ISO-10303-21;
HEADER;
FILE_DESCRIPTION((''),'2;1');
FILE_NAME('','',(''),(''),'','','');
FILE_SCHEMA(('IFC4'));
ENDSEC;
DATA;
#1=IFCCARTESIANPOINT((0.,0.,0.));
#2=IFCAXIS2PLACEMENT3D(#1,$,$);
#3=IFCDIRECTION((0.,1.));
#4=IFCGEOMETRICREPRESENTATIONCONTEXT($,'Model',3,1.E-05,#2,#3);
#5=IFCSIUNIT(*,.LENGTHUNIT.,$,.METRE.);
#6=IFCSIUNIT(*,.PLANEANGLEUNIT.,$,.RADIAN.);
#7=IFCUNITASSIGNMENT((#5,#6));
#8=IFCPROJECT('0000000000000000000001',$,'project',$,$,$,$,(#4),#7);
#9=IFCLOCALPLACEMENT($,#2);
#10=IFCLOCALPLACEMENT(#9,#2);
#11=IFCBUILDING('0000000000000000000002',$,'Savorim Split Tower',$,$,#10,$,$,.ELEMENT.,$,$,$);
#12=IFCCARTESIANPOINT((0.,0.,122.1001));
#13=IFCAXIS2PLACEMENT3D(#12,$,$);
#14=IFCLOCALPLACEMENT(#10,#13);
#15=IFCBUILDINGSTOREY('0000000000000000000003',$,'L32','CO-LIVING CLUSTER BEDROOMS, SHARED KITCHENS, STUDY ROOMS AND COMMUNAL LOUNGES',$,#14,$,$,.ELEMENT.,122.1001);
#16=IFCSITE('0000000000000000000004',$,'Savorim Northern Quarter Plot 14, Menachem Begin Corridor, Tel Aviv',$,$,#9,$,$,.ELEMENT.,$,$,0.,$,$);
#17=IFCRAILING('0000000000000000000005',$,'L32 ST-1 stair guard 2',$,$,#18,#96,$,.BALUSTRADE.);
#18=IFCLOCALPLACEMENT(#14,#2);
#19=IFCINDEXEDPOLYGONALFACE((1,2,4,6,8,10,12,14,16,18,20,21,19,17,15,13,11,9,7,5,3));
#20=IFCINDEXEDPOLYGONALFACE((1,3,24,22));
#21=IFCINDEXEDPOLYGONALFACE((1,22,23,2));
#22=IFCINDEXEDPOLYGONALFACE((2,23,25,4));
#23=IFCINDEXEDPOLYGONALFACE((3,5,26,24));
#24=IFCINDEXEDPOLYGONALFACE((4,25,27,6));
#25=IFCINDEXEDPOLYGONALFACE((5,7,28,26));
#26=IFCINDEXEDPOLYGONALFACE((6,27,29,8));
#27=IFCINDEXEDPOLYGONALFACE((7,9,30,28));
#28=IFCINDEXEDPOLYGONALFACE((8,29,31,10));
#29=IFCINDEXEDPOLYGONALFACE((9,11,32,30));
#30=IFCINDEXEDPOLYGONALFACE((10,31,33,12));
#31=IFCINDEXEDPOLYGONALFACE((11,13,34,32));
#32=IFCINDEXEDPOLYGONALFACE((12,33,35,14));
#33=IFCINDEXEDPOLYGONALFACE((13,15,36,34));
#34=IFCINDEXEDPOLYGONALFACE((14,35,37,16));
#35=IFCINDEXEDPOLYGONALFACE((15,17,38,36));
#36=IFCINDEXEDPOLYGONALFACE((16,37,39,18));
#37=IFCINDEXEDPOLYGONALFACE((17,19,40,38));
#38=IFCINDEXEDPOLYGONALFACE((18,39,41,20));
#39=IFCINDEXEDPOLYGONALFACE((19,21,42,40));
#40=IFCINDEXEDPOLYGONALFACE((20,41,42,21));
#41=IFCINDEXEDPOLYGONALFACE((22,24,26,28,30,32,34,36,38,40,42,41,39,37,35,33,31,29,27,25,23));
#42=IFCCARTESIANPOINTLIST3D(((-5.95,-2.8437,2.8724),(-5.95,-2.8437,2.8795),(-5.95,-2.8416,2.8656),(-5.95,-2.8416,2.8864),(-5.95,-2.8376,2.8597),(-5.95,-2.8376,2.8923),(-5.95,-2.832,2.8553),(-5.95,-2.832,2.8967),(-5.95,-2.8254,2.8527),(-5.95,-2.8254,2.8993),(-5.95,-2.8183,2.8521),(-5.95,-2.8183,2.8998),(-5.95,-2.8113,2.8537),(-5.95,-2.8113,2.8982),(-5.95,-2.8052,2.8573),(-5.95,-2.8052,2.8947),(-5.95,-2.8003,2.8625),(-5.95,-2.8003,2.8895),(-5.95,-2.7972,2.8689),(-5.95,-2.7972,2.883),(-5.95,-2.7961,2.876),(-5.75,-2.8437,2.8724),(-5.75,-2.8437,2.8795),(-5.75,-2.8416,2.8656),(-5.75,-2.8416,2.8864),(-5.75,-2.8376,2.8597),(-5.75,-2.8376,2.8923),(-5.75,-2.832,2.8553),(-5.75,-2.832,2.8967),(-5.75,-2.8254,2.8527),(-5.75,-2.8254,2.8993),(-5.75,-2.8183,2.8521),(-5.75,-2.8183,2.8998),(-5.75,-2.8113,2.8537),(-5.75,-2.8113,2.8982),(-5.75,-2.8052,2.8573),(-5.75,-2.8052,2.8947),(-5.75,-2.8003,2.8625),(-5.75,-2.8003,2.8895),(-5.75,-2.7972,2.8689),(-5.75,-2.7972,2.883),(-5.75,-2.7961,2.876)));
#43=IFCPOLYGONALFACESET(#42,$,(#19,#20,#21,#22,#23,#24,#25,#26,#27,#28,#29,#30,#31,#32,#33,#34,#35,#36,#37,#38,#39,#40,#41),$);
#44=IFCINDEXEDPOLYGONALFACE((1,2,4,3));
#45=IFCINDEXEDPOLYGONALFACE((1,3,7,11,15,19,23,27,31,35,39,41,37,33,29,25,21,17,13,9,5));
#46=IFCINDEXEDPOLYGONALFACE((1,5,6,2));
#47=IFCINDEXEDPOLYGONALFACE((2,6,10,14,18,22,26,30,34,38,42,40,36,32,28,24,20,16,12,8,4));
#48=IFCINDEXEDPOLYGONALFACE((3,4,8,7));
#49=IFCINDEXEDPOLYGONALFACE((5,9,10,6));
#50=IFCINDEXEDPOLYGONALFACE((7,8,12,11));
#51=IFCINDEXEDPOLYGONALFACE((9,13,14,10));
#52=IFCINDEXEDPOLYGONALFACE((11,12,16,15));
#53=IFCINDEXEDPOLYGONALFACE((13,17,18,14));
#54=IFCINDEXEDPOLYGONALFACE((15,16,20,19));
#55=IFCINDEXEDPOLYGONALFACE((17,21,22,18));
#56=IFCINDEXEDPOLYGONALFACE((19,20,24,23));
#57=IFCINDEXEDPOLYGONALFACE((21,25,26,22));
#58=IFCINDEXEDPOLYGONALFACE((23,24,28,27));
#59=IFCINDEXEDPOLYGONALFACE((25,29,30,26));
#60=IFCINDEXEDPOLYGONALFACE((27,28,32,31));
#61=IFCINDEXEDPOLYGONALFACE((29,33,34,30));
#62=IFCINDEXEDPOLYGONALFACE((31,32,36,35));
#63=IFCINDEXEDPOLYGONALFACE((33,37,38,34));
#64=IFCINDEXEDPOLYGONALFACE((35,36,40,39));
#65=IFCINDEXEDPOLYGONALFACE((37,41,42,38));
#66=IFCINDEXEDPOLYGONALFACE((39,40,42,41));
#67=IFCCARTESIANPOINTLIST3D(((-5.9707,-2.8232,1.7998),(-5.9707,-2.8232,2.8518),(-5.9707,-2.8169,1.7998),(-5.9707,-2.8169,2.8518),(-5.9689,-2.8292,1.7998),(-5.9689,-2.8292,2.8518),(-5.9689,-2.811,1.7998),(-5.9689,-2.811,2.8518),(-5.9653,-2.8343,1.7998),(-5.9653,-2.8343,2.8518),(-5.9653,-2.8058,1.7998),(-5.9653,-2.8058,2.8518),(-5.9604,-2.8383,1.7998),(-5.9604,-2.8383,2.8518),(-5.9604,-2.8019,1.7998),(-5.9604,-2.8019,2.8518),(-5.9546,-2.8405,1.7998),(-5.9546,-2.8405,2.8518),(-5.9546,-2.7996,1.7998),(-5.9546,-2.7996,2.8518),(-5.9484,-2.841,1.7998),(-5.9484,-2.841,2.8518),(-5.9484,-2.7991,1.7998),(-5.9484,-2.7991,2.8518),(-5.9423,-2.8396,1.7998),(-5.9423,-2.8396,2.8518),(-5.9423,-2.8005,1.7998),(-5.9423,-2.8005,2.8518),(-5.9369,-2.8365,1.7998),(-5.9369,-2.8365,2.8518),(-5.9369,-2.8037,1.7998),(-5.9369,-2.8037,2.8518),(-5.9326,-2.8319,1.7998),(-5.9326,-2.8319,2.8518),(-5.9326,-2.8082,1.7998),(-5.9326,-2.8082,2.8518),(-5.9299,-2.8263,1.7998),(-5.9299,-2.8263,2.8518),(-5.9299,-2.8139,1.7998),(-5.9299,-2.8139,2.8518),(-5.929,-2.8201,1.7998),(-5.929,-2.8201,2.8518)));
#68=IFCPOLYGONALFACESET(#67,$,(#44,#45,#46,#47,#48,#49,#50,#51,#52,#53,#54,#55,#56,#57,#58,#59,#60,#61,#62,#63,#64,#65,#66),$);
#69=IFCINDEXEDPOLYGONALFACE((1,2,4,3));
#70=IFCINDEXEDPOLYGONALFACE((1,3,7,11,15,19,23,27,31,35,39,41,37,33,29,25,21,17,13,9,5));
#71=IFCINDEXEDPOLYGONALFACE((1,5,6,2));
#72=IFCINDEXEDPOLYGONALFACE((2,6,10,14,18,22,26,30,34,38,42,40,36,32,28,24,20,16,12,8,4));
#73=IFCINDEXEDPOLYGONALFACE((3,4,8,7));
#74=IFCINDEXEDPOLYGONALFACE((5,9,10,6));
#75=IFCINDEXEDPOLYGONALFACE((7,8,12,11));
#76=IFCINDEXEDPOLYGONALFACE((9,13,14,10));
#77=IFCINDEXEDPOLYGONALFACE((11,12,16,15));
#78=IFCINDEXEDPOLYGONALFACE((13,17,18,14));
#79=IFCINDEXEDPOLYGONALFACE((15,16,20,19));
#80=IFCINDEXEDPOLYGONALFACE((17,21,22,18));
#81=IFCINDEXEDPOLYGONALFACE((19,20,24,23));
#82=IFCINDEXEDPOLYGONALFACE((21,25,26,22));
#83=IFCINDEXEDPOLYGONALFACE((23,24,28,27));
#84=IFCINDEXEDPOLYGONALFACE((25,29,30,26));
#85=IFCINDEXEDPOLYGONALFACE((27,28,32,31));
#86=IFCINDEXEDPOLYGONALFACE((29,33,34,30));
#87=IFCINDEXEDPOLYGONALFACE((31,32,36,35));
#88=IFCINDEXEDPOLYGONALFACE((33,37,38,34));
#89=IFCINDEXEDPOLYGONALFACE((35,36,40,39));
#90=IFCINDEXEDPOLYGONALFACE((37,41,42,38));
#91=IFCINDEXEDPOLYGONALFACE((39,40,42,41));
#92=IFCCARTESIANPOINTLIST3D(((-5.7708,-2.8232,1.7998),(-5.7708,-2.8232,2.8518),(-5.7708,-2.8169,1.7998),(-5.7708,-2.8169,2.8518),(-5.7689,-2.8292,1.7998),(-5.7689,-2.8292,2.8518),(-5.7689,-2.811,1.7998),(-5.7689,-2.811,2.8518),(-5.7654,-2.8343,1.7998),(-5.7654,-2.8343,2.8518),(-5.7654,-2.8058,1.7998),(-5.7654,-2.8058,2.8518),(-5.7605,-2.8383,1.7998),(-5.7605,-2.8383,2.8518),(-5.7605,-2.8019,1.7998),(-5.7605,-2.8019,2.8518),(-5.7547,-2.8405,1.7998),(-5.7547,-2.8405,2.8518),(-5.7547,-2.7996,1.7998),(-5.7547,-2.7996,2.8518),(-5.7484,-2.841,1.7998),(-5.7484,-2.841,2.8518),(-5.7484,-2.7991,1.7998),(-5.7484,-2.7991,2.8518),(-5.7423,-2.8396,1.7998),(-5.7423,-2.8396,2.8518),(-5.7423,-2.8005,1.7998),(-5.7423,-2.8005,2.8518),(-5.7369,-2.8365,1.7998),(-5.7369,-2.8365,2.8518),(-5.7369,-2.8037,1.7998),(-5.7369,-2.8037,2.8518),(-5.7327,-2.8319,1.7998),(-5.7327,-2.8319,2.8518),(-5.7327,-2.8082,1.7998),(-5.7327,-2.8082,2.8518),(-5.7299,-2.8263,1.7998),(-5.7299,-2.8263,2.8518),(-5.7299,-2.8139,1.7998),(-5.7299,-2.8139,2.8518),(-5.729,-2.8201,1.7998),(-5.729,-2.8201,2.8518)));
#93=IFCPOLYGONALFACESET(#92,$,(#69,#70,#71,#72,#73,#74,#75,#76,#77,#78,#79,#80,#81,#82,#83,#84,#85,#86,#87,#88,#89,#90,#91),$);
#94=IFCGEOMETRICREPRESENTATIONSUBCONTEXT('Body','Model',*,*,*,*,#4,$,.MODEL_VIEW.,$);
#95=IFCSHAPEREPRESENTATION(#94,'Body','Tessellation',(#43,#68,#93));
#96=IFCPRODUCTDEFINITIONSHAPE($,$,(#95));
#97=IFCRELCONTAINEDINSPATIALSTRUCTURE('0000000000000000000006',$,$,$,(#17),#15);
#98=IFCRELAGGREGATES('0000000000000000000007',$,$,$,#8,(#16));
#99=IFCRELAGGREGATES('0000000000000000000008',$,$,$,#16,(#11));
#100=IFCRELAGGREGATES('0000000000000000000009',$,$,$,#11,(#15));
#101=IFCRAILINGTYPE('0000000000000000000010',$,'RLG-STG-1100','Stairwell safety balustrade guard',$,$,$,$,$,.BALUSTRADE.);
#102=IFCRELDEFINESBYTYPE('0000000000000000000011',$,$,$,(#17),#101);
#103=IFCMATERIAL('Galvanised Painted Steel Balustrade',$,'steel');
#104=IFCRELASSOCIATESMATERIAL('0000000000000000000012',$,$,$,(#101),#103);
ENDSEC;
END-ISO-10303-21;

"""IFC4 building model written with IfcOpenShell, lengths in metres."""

from ifc_helpers import new_model, si_unit, direction, frame, origin, origin_2d, place, context, subcontext, project, spatial, circle, extrude, material, type_object, element, save


model = new_model("IFC4")

# Units and contexts
model_context = context("Model", 3, precision=1e-05, world=origin(), true_north=direction((0.0, 1.0)))
body_context = subcontext(model_context, "Body", "Model", "MODEL_VIEW")
ifc_project = project(units=[si_unit("LENGTHUNIT", "METRE"), si_unit("PLANEANGLEUNIT", "RADIAN")], contexts=[model_context])

# Site, building, storey
site_placement = place(None, origin())
site = spatial("IfcSite", under=ifc_project, at=site_placement, Name="Savorim Northern Quarter Plot 14, Menachem Begin Corridor, Tel Aviv", CompositionType="ELEMENT", RefElevation=0.0)
building_placement = place(site_placement, origin())
building = spatial("IfcBuilding", under=site, at=building_placement, Name="Savorim Split Tower", CompositionType="ELEMENT")
storey_placement = place(building_placement, frame((0.0, 0.0, 122.1001)))
storey = spatial("IfcBuildingStorey", under=building, at=storey_placement, Name="L32", Description="CO-LIVING CLUSTER BEDROOMS, SHARED KITCHENS, STUDY ROOMS AND COMMUNAL LOUNGES", CompositionType="ELEMENT", Elevation=122.1001)

# Railing
ifc_material_1 = material(Name="Galvanised Painted Steel Balustrade", Category="steel")
railing_type_1 = type_object("IfcRailingType", Name="RLG-STG-1100", Description="Stairwell safety balustrade guard", PredefinedType="BALUSTRADE", material=ifc_material_1)
railing_1_placement = place(storey_placement, frame((-5.95, -2.8201, 1.7998)))
element("IfcRailing", 1, at=railing_1_placement, inside=storey, type_object=railing_type_1, Name="L32 ST-1 stair guard 2", PredefinedType="BALUSTRADE", context=body_context, shape_type="SweptSolid", body=[
    extrude(circle(Radius=0.0239, at=origin_2d()), frame((0.0, 0.0, 1.0762), z_axis=(1.0, 0.0, 0.0), x_axis=(0.0, 1.0, 0.0)), (0.0, 0.0, 1.0), 0.2),
    extrude(circle(Radius=0.021, at=origin_2d()), origin(), (0.0, 0.0, 1.0), 1.052),
    extrude(circle(Radius=0.021, at=origin_2d()), frame((0.2, 0.0, 0.0)), (0.0, 0.0, 1.0), 1.052),
])

save(model, "model.ifc")
